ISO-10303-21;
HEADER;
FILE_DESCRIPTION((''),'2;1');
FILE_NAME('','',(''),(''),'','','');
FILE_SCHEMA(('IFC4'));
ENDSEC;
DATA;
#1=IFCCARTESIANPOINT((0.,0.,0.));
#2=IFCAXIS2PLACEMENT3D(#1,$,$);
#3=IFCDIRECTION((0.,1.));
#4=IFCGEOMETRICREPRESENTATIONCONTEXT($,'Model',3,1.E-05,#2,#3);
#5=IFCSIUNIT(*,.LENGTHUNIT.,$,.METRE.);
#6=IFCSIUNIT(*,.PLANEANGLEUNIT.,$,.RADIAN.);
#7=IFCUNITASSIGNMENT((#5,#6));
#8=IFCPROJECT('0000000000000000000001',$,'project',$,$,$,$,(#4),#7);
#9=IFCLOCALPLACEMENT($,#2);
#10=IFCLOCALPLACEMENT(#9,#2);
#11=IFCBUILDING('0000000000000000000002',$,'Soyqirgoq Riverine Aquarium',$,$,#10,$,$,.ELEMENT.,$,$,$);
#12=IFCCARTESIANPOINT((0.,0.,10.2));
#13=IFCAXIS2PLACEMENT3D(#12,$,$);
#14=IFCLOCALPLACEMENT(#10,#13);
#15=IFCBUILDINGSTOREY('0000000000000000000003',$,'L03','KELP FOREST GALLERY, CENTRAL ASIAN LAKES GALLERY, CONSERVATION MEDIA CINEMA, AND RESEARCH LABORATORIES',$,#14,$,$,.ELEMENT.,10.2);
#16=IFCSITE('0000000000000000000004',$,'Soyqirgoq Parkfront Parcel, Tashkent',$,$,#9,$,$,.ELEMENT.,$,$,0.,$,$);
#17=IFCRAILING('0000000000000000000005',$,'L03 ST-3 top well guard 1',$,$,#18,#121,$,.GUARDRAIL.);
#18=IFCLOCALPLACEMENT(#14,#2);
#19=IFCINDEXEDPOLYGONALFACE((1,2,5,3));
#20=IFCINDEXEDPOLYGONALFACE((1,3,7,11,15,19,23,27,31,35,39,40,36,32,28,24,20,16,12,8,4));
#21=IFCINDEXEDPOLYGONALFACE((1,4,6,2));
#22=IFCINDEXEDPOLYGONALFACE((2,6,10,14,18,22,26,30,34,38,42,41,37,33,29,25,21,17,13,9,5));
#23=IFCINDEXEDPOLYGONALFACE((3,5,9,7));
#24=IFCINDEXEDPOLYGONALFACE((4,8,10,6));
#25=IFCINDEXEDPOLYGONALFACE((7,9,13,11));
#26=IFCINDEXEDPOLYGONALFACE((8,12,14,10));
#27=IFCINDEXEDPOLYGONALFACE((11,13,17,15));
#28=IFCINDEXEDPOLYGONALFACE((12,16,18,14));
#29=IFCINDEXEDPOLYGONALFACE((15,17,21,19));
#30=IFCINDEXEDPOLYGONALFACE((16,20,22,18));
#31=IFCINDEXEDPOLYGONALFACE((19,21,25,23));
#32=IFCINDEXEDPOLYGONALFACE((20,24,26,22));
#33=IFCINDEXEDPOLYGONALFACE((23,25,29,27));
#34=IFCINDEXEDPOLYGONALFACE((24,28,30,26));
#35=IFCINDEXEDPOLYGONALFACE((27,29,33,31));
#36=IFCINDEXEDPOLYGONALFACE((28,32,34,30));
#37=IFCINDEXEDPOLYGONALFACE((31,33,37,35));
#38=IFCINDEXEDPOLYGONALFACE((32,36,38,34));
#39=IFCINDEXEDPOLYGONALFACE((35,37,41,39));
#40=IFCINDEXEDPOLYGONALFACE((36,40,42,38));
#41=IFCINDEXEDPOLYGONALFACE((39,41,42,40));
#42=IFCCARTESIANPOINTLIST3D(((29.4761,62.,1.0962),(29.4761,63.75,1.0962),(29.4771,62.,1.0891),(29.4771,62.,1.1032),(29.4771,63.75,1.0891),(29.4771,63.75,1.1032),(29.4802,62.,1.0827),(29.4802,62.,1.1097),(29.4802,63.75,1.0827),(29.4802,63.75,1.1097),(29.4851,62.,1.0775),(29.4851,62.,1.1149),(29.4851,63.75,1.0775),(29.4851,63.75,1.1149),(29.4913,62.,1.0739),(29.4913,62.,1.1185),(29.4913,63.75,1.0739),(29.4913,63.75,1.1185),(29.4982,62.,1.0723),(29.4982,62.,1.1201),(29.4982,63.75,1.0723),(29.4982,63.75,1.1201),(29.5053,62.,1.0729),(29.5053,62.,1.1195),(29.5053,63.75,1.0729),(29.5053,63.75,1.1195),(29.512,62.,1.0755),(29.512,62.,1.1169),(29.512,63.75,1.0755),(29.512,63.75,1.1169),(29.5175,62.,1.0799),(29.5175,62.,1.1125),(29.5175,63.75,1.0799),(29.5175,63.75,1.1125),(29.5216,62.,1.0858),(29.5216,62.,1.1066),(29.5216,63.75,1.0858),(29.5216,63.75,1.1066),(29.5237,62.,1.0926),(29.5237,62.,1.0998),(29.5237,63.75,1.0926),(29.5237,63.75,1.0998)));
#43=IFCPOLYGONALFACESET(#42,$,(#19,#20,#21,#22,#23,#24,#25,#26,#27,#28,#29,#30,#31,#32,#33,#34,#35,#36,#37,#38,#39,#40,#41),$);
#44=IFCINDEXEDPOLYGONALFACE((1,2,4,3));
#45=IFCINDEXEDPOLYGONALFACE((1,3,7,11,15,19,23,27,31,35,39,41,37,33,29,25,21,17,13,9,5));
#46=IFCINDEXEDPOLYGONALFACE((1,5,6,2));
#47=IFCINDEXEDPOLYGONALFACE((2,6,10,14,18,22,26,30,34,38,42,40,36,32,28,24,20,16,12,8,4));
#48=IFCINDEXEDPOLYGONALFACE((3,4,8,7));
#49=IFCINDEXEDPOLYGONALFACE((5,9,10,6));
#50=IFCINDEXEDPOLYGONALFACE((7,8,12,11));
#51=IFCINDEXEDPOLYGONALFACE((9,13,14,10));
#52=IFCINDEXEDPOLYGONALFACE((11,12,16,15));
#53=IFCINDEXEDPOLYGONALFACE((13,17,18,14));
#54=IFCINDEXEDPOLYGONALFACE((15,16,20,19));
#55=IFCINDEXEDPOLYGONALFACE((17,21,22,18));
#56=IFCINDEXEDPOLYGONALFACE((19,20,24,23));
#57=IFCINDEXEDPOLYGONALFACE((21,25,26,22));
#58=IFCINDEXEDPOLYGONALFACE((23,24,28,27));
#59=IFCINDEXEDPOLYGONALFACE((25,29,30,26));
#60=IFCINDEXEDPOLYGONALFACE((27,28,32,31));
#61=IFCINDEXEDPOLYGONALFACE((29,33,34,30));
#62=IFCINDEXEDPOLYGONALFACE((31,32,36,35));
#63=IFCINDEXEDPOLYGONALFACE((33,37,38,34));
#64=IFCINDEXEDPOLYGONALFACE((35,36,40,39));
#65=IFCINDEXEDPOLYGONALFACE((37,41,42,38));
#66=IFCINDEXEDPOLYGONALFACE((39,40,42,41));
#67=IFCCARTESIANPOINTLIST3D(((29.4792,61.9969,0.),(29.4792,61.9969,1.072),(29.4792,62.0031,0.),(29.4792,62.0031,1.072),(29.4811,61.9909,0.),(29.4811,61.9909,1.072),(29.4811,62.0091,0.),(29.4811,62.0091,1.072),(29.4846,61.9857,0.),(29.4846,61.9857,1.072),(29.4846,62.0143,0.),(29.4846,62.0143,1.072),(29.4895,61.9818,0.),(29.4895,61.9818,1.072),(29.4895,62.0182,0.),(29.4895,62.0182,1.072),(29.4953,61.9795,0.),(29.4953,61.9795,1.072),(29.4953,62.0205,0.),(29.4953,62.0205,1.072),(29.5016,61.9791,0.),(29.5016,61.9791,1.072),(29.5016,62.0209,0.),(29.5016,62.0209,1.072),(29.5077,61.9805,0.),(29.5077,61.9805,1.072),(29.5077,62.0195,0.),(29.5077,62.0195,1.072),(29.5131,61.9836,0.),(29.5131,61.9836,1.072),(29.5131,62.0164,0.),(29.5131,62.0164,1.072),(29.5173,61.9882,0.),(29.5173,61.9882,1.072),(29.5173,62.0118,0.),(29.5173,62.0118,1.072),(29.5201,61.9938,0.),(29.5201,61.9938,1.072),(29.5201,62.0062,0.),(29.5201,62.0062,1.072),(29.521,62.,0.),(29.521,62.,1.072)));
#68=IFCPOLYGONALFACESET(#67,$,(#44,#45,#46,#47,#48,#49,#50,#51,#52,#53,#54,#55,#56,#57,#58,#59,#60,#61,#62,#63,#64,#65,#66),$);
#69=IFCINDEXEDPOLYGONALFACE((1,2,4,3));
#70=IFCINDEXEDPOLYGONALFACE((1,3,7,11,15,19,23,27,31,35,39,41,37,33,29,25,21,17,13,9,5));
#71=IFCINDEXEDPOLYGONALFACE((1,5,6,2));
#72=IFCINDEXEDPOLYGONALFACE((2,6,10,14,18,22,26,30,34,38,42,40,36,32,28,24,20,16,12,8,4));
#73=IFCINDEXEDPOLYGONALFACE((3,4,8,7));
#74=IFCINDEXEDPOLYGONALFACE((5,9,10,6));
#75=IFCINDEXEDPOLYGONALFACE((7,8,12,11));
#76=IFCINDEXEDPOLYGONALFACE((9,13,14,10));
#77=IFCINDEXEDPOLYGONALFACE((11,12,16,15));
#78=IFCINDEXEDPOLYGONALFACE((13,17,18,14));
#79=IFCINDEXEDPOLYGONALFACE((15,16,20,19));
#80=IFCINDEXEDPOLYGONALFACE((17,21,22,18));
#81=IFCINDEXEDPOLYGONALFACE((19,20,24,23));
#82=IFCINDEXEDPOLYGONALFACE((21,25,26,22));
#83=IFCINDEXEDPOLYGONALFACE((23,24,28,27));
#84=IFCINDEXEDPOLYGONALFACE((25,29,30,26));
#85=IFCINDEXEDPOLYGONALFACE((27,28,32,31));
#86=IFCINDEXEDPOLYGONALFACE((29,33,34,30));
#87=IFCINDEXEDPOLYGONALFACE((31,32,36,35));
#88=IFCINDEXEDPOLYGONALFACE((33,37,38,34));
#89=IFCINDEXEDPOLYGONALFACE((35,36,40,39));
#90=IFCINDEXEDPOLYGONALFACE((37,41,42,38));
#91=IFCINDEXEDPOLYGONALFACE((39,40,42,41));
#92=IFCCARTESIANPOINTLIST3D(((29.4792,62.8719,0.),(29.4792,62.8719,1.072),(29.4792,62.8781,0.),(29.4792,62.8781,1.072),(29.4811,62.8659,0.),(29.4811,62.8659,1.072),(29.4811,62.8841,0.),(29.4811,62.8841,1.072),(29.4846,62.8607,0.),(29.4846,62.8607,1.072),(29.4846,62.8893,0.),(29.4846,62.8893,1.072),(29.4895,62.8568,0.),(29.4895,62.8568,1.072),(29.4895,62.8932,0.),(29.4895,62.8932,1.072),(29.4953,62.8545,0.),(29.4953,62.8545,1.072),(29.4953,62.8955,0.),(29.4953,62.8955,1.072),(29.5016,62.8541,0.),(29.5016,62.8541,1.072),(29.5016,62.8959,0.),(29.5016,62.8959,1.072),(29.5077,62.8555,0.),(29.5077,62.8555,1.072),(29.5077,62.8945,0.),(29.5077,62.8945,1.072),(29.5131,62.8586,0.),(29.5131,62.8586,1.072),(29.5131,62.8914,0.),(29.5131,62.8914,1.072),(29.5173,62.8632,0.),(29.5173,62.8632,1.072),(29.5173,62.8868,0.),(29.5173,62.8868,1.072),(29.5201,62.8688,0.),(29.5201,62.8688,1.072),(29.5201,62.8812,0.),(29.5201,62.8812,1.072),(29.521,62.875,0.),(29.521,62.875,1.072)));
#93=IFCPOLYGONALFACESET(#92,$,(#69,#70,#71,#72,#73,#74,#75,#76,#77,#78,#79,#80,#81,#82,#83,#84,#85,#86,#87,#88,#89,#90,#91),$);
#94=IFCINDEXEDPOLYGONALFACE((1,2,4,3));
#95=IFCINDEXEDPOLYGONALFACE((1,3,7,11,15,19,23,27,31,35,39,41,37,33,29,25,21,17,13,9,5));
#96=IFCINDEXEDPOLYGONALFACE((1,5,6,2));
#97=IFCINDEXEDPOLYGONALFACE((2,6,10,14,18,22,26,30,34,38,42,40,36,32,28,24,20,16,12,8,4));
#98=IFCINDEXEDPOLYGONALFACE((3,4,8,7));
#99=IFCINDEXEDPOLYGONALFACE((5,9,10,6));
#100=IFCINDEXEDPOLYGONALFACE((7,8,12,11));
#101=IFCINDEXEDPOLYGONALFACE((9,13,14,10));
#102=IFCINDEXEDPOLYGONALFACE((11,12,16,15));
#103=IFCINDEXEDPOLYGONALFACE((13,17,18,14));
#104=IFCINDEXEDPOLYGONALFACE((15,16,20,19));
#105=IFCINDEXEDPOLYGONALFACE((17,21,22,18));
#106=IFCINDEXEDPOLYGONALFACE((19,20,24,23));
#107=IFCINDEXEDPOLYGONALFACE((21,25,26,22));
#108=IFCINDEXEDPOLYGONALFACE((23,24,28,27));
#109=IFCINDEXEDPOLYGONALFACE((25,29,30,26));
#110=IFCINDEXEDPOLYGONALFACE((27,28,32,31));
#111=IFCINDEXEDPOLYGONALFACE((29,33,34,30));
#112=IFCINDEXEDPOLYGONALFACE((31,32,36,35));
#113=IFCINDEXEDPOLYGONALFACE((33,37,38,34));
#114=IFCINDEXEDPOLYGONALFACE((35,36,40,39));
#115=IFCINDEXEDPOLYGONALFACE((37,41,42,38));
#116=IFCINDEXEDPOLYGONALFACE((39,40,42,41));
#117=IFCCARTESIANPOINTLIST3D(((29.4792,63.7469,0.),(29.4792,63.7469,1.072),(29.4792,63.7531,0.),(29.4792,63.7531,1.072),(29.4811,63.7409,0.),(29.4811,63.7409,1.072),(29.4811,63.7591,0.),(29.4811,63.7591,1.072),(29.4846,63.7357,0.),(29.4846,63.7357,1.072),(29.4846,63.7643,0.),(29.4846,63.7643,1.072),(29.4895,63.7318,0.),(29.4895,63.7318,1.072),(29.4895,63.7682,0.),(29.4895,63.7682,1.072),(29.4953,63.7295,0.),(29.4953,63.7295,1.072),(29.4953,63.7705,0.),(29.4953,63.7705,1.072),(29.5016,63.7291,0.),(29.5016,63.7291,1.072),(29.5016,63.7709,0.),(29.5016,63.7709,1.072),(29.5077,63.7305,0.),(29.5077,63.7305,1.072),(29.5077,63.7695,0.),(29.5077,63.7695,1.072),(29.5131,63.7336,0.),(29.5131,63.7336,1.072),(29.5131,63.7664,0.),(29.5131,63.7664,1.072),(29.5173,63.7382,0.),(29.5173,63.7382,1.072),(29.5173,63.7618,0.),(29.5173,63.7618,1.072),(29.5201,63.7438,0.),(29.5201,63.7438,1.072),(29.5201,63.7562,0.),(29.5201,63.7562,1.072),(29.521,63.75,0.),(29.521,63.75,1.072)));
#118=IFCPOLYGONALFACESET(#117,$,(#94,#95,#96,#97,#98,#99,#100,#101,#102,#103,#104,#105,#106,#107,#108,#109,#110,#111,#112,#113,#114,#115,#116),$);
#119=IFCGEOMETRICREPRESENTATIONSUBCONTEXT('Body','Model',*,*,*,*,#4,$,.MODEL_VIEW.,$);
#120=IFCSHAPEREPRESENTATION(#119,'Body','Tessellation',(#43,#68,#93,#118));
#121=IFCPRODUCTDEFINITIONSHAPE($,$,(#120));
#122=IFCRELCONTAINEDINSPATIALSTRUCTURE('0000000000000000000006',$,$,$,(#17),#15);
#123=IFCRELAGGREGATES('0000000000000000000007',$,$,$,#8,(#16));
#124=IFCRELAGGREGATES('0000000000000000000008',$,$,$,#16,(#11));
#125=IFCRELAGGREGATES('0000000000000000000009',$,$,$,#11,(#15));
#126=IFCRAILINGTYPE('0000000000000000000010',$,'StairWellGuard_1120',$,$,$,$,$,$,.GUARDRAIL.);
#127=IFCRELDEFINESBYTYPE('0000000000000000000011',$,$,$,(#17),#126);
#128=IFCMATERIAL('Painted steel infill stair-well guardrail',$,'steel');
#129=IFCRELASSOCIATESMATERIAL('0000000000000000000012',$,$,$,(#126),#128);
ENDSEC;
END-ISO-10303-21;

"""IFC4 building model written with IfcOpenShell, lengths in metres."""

from ifc_helpers import new_model, si_unit, direction, frame, origin, origin_2d, place, context, subcontext, project, spatial, circle, extrude, material, type_object, element, save


model = new_model("IFC4")

# Units and contexts
model_context = context("Model", 3, precision=1e-05, world=origin(), true_north=direction((0.0, 1.0)))
body_context = subcontext(model_context, "Body", "Model", "MODEL_VIEW")
ifc_project = project(units=[si_unit("LENGTHUNIT", "METRE"), si_unit("PLANEANGLEUNIT", "RADIAN")], contexts=[model_context])

# Site, building, storey
site_placement = place(None, origin())
site = spatial("IfcSite", under=ifc_project, at=site_placement, Name="Soyqirgoq Parkfront Parcel, Tashkent", CompositionType="ELEMENT", RefElevation=0.0)
building_placement = place(site_placement, origin())
building = spatial("IfcBuilding", under=site, at=building_placement, Name="Soyqirgoq Riverine Aquarium", CompositionType="ELEMENT")
storey_placement = place(building_placement, frame((0.0, 0.0, 10.2)))
storey = spatial("IfcBuildingStorey", under=building, at=storey_placement, Name="L03", Description="KELP FOREST GALLERY, CENTRAL ASIAN LAKES GALLERY, CONSERVATION MEDIA CINEMA, AND RESEARCH LABORATORIES", CompositionType="ELEMENT", Elevation=10.2)

# Railing
ifc_material_1 = material(Name="Painted steel infill stair-well guardrail", Category="steel")
railing_type = type_object("IfcRailingType", Name="StairWellGuard_1120", PredefinedType="GUARDRAIL", material=ifc_material_1)
railing_placement = place(storey_placement, frame((29.5, 62.0, 0.0)))
element("IfcRailing", 1, at=railing_placement, inside=storey, type_object=railing_type, Name="L03 ST-3 top well guard 1", PredefinedType="GUARDRAIL", context=body_context, shape_type="SweptSolid", body=[
    extrude(circle(Radius=0.0239, at=origin_2d()), frame((0.0, 0.0, 1.0962), z_axis=(0.0, 1.0, 0.0), x_axis=(-1.0, 0.0, 0.0)), (0.0, 0.0, 1.0), 1.75),
    extrude(circle(Radius=0.021, at=origin_2d()), origin(), (0.0, 0.0, 1.0), 1.072),
    extrude(circle(Radius=0.021, at=origin_2d()), frame((0.0, 0.875, 0.0)), (0.0, 0.0, 1.0), 1.072),
    extrude(circle(Radius=0.021, at=origin_2d()), frame((0.0, 1.75, 0.0)), (0.0, 0.0, 1.0), 1.072),
])

save(model, "model.ifc")
